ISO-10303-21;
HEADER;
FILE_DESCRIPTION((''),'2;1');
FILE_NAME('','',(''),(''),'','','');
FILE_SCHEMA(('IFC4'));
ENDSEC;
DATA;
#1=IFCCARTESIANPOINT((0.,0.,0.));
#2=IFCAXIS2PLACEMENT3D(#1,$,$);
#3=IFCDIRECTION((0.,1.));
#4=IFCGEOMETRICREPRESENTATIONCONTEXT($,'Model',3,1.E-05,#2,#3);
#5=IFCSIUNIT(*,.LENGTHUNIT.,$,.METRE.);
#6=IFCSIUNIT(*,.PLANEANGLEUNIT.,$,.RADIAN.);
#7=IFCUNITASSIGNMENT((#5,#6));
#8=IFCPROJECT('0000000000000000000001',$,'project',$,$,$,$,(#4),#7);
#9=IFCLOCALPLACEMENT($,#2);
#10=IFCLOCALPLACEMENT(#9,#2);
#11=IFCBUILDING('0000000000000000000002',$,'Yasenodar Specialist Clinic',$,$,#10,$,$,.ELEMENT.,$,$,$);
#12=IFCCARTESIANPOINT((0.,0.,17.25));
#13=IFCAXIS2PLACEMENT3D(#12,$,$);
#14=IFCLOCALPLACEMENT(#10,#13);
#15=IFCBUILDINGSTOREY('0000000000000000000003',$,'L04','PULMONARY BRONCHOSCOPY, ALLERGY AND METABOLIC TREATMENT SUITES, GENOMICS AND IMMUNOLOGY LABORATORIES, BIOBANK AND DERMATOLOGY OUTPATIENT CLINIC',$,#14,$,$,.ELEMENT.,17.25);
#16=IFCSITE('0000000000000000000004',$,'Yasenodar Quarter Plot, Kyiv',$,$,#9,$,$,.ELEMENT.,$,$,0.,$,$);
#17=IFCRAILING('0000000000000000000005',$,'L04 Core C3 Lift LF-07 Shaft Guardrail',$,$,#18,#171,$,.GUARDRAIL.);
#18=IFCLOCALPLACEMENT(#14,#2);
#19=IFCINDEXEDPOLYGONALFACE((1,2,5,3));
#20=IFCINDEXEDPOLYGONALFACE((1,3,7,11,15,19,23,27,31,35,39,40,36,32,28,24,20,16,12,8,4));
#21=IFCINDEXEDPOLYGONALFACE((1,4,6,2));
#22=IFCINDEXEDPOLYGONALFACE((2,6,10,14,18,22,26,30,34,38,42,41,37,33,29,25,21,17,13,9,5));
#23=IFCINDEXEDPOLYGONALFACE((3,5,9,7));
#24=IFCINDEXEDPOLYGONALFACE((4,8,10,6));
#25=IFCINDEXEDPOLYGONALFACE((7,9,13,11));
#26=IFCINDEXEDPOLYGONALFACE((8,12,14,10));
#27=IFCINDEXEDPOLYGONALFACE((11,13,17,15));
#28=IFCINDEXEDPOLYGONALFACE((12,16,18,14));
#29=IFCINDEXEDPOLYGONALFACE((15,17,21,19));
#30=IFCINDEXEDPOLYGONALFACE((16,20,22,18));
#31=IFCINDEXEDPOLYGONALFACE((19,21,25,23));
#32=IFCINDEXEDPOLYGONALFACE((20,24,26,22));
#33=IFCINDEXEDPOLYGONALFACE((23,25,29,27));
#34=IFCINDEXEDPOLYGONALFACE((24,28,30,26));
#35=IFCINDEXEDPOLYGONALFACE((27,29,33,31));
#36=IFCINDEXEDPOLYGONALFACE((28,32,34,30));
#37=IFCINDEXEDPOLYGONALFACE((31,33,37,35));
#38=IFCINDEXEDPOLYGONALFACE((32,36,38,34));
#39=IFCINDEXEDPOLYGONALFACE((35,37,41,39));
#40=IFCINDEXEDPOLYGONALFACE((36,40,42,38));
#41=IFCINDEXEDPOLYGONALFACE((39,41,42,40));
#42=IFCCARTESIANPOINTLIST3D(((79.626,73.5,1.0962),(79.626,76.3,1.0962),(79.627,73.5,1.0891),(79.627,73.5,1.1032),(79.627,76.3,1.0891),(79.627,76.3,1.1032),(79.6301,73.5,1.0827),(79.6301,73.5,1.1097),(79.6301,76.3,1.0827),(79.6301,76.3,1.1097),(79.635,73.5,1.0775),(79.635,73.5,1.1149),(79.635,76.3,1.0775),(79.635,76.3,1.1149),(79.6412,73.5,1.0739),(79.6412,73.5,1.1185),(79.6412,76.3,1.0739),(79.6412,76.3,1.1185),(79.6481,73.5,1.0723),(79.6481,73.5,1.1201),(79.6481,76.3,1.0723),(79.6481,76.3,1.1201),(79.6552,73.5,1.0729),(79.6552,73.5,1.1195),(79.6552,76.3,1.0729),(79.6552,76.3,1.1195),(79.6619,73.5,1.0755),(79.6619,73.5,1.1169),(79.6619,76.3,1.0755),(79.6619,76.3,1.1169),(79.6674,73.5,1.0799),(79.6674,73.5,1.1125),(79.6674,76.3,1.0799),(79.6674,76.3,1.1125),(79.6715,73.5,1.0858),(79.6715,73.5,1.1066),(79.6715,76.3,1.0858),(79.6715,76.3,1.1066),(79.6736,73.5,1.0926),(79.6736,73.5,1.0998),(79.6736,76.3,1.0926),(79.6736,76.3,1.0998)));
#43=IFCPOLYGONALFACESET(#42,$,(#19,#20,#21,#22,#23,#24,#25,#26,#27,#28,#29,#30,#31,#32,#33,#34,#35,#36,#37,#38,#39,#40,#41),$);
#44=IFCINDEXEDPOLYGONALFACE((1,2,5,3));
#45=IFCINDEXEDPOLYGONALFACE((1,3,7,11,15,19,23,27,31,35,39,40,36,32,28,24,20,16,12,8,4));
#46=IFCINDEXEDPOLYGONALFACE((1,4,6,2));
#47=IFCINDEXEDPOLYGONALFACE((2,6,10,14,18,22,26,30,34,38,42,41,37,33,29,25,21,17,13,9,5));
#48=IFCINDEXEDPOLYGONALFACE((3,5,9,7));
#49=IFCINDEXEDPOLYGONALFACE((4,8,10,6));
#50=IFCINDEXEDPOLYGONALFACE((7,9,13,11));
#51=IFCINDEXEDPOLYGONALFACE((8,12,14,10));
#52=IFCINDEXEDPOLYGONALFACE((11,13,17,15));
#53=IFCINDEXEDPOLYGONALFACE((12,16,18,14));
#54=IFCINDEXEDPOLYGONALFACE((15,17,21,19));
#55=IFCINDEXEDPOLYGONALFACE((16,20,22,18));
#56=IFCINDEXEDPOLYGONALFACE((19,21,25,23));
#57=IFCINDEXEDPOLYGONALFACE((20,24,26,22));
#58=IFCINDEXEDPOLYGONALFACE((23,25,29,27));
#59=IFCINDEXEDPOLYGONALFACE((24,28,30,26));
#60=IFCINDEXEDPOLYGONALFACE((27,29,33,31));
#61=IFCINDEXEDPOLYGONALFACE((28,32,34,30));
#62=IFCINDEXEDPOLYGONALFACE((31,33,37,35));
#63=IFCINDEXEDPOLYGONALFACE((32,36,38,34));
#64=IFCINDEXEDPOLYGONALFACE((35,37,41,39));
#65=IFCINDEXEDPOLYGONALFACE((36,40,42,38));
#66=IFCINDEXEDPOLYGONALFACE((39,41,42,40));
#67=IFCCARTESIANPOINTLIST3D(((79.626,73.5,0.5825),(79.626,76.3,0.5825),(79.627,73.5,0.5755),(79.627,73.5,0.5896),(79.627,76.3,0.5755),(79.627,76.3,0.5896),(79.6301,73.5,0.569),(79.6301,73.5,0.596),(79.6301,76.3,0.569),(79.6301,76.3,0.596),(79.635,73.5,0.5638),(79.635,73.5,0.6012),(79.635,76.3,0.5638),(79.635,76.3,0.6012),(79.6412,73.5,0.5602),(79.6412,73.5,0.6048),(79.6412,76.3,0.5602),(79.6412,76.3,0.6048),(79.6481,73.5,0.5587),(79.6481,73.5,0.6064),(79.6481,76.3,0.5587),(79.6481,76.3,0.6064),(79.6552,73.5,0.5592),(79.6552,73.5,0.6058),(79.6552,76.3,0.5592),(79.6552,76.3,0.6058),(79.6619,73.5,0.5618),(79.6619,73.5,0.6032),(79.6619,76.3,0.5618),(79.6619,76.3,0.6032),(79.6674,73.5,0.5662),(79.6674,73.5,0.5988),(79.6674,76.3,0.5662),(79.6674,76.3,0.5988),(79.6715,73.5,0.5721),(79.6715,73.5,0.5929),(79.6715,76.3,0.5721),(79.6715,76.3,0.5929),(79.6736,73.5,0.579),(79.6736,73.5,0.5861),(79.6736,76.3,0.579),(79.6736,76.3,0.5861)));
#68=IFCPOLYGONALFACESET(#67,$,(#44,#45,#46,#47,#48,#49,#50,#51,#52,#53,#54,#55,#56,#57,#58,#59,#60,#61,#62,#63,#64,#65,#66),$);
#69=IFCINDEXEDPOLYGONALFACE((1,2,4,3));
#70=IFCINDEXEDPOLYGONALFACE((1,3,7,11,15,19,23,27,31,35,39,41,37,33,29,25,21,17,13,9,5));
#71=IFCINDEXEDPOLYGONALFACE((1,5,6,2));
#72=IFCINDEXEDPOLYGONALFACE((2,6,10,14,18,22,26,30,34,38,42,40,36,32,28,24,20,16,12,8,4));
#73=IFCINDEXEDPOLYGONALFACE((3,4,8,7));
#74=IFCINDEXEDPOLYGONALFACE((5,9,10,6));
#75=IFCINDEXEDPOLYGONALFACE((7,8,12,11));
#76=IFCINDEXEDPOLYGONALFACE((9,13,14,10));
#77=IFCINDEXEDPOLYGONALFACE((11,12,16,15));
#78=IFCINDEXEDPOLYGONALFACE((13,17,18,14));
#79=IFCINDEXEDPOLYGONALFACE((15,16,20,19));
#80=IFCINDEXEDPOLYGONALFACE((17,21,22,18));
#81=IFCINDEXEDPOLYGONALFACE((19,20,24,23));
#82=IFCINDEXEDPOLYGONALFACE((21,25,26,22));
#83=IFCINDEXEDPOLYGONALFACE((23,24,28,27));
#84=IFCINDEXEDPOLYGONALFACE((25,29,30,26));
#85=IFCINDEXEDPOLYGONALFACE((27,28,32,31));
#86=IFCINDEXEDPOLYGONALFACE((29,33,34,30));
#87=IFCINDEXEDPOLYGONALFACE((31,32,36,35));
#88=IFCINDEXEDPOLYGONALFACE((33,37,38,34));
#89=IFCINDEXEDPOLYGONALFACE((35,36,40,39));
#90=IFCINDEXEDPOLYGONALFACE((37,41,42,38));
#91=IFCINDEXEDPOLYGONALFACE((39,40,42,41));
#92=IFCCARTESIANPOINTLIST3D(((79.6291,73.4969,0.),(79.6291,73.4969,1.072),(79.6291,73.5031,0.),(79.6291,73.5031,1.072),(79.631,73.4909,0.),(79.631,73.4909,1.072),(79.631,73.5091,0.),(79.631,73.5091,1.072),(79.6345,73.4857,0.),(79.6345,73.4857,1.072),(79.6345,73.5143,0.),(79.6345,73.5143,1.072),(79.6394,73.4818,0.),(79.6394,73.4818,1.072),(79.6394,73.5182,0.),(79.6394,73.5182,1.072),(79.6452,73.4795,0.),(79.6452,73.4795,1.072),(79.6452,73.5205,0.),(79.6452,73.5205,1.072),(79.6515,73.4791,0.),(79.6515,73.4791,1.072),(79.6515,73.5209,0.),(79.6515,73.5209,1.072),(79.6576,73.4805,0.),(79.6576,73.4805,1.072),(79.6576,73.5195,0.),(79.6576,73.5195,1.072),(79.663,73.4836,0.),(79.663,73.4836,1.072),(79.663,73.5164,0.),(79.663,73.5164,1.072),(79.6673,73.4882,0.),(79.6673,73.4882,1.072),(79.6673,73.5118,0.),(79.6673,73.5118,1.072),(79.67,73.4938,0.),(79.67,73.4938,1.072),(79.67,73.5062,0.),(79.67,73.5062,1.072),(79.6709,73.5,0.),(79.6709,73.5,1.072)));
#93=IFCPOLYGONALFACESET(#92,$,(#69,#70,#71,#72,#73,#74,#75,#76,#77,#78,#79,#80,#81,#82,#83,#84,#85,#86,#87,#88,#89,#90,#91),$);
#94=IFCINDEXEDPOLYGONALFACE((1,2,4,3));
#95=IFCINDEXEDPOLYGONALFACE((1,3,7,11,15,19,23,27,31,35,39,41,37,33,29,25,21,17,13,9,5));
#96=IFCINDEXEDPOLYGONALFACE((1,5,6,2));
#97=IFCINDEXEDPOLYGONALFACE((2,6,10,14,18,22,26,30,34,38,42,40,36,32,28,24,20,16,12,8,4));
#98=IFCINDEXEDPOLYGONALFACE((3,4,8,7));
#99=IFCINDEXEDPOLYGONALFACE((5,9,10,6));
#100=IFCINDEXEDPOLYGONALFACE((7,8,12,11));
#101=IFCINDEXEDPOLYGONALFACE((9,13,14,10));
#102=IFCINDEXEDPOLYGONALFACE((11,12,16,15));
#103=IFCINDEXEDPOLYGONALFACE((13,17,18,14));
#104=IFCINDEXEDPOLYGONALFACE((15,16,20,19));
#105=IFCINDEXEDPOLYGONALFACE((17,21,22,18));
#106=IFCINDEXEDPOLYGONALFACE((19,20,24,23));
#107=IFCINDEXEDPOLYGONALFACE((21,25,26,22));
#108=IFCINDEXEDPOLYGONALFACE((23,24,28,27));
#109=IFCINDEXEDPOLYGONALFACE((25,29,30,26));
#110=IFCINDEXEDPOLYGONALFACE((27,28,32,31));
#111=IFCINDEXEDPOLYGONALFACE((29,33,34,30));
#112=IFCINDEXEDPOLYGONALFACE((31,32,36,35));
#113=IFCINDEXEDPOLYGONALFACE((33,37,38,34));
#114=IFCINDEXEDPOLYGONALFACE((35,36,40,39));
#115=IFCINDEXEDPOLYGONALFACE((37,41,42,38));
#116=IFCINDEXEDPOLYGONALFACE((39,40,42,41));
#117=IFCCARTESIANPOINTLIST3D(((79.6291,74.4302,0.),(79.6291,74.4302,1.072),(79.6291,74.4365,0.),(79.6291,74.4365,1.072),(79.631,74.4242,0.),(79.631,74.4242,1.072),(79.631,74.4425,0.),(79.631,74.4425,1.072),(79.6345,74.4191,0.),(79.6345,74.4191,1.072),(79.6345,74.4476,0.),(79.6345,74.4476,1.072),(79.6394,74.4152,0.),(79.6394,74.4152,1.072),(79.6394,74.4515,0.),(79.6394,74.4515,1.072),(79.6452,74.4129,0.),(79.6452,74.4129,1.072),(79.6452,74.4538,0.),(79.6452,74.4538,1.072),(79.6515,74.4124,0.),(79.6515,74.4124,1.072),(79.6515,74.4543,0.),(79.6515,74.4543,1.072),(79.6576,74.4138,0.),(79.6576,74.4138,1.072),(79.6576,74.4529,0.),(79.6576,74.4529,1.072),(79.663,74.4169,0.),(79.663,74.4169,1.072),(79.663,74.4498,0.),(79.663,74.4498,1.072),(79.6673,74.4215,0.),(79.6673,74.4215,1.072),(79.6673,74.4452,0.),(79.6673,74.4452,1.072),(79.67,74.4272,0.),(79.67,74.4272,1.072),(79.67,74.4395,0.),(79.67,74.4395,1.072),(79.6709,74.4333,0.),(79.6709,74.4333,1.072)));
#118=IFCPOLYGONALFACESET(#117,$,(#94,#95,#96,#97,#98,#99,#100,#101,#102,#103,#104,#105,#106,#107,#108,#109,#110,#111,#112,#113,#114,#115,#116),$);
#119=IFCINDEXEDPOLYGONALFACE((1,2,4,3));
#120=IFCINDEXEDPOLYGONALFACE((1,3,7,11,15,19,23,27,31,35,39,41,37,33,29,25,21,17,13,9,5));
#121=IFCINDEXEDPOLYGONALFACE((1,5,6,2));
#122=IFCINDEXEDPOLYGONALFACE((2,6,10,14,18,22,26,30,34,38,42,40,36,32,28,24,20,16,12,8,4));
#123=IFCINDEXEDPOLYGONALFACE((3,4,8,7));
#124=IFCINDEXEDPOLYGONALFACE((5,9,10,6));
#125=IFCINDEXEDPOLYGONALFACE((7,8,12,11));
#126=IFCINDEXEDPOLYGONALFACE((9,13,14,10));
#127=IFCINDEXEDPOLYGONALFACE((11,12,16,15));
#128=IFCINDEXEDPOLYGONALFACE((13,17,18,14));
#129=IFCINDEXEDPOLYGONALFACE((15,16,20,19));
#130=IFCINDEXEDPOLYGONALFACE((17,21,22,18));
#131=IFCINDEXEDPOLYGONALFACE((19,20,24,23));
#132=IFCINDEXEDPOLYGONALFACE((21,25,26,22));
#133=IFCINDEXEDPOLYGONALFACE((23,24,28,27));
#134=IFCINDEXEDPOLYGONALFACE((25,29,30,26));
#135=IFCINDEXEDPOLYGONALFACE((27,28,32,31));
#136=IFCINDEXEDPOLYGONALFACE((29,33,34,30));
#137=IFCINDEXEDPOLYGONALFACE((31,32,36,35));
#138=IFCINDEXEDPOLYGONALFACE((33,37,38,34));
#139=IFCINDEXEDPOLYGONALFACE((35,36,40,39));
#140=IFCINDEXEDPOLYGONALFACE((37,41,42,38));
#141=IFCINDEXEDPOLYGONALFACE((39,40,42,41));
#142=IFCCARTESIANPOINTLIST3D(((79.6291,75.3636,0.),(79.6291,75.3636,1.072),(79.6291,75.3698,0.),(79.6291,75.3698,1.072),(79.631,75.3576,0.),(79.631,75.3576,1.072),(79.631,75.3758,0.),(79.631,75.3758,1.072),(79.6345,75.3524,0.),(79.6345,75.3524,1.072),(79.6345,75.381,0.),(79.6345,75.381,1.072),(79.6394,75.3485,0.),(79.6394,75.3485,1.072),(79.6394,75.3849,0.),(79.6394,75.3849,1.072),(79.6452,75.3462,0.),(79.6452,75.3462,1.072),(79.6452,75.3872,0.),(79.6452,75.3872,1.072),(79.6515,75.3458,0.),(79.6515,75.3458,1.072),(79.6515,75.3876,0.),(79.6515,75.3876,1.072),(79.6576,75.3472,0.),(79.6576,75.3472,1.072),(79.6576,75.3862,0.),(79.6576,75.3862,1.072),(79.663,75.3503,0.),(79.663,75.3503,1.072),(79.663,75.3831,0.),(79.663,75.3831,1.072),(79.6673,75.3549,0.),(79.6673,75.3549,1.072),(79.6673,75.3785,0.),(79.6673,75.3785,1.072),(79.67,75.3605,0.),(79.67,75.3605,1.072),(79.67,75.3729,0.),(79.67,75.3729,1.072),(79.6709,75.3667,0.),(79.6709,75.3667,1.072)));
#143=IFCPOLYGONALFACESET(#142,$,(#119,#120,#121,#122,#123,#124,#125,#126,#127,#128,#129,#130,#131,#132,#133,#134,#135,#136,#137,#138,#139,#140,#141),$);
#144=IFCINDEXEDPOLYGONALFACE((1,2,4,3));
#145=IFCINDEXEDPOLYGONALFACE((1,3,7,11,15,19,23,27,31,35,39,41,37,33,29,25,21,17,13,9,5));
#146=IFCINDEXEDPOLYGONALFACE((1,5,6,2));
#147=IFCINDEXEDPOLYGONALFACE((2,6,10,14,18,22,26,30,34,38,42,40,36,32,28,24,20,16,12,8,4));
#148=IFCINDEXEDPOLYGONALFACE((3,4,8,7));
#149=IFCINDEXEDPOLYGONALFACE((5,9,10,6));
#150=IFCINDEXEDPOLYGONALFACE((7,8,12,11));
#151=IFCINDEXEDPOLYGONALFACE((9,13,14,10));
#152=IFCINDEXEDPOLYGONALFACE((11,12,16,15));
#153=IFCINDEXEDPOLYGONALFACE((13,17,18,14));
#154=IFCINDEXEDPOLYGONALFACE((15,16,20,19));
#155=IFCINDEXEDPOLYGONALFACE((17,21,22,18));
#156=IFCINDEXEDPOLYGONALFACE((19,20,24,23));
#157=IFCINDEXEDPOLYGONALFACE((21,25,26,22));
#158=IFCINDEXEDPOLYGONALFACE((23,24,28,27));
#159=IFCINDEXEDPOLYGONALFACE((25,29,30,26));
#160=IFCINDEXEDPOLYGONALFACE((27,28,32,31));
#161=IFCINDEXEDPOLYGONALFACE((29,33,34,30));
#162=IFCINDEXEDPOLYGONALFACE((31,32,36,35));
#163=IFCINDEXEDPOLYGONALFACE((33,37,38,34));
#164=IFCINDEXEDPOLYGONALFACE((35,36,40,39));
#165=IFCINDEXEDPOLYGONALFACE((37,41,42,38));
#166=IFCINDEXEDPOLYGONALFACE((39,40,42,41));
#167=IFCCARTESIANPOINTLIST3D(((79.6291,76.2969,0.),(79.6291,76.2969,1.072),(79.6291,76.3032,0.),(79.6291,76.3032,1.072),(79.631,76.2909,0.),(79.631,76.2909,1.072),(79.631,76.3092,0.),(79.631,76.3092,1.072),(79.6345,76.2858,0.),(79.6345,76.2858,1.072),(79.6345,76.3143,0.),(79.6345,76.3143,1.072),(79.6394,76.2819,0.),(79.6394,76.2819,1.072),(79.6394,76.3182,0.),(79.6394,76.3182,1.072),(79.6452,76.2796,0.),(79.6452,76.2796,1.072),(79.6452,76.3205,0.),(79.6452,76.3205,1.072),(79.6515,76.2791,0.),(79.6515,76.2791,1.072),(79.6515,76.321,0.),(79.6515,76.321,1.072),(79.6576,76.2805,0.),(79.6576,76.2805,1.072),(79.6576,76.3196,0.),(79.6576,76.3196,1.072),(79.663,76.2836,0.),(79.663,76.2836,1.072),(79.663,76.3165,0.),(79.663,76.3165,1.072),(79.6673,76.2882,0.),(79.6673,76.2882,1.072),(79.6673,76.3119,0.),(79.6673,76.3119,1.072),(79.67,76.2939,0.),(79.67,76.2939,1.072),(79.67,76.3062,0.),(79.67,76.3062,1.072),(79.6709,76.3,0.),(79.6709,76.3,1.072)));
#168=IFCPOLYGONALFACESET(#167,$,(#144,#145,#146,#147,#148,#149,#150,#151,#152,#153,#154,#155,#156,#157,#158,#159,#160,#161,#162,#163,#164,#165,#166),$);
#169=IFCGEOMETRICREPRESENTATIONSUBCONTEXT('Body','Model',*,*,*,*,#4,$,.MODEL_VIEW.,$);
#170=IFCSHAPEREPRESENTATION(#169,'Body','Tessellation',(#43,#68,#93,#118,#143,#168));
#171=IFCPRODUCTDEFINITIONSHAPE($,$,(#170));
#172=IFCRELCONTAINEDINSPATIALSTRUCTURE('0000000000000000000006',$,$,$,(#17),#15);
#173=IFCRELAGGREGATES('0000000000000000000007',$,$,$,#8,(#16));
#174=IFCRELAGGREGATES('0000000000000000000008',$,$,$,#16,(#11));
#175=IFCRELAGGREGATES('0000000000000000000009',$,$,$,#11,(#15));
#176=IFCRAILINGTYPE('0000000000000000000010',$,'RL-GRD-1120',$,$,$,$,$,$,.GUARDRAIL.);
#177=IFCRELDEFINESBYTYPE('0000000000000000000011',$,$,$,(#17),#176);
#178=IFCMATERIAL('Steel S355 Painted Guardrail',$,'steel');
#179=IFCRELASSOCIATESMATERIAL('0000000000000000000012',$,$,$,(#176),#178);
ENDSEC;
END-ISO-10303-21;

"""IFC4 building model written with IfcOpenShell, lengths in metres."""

from ifc_helpers import new_model, si_unit, direction, frame, origin, origin_2d, place, context, subcontext, project, spatial, circle, extrude, material, type_object, element, save


model = new_model("IFC4")

# Units and contexts
model_context = context("Model", 3, precision=1e-05, world=origin(), true_north=direction((0.0, 1.0)))
body_context = subcontext(model_context, "Body", "Model", "MODEL_VIEW")
ifc_project = project(units=[si_unit("LENGTHUNIT", "METRE"), si_unit("PLANEANGLEUNIT", "RADIAN")], contexts=[model_context])

# Site, building, storey
site_placement = place(None, origin())
site = spatial("IfcSite", under=ifc_project, at=site_placement, Name="Yasenodar Quarter Plot, Kyiv", CompositionType="ELEMENT", RefElevation=0.0)
building_placement = place(site_placement, origin())
building = spatial("IfcBuilding", under=site, at=building_placement, Name="Yasenodar Specialist Clinic", CompositionType="ELEMENT")
storey_placement = place(building_placement, frame((0.0, 0.0, 17.25)))
storey = spatial("IfcBuildingStorey", under=building, at=storey_placement, Name="L04", Description="PULMONARY BRONCHOSCOPY, ALLERGY AND METABOLIC TREATMENT SUITES, GENOMICS AND IMMUNOLOGY LABORATORIES, BIOBANK AND DERMATOLOGY OUTPATIENT CLINIC", CompositionType="ELEMENT", Elevation=17.25)

# Railing
ifc_material_1 = material(Name="Steel S355 Painted Guardrail", Category="steel")
railing_type = type_object("IfcRailingType", Name="RL-GRD-1120", PredefinedType="GUARDRAIL", material=ifc_material_1)
railing_placement = place(storey_placement, frame((79.6499, 73.5, 0.0)))
element("IfcRailing", 1, at=railing_placement, inside=storey, type_object=railing_type, Name="L04 Core C3 Lift LF-07 Shaft Guardrail", PredefinedType="GUARDRAIL", context=body_context, shape_type="SweptSolid", body=[
    extrude(circle(Radius=0.0239, at=origin_2d()), frame((0.0, 0.0, 1.0962), z_axis=(0.0, 1.0, 0.0), x_axis=(-1.0, 0.0, 0.0)), (0.0, 0.0, 1.0), 2.8),
    extrude(circle(Radius=0.0239, at=origin_2d()), frame((0.0, 0.0, 0.5825), z_axis=(0.0, 1.0, 0.0), x_axis=(-1.0, 0.0, 0.0)), (0.0, 0.0, 1.0), 2.8),
    extrude(circle(Radius=0.021, at=origin_2d()), origin(), (0.0, 0.0, 1.0), 1.072),
    extrude(circle(Radius=0.021, at=origin_2d()), frame((0.0, 0.9333, 0.0)), (0.0, 0.0, 1.0), 1.072),
    extrude(circle(Radius=0.021, at=origin_2d()), frame((0.0, 1.8667, 0.0)), (0.0, 0.0, 1.0), 1.072),
    extrude(circle(Radius=0.021, at=origin_2d()), frame((0.0, 2.8, 0.0)), (0.0, 0.0, 1.0), 1.072),
])

save(model, "model.ifc")
